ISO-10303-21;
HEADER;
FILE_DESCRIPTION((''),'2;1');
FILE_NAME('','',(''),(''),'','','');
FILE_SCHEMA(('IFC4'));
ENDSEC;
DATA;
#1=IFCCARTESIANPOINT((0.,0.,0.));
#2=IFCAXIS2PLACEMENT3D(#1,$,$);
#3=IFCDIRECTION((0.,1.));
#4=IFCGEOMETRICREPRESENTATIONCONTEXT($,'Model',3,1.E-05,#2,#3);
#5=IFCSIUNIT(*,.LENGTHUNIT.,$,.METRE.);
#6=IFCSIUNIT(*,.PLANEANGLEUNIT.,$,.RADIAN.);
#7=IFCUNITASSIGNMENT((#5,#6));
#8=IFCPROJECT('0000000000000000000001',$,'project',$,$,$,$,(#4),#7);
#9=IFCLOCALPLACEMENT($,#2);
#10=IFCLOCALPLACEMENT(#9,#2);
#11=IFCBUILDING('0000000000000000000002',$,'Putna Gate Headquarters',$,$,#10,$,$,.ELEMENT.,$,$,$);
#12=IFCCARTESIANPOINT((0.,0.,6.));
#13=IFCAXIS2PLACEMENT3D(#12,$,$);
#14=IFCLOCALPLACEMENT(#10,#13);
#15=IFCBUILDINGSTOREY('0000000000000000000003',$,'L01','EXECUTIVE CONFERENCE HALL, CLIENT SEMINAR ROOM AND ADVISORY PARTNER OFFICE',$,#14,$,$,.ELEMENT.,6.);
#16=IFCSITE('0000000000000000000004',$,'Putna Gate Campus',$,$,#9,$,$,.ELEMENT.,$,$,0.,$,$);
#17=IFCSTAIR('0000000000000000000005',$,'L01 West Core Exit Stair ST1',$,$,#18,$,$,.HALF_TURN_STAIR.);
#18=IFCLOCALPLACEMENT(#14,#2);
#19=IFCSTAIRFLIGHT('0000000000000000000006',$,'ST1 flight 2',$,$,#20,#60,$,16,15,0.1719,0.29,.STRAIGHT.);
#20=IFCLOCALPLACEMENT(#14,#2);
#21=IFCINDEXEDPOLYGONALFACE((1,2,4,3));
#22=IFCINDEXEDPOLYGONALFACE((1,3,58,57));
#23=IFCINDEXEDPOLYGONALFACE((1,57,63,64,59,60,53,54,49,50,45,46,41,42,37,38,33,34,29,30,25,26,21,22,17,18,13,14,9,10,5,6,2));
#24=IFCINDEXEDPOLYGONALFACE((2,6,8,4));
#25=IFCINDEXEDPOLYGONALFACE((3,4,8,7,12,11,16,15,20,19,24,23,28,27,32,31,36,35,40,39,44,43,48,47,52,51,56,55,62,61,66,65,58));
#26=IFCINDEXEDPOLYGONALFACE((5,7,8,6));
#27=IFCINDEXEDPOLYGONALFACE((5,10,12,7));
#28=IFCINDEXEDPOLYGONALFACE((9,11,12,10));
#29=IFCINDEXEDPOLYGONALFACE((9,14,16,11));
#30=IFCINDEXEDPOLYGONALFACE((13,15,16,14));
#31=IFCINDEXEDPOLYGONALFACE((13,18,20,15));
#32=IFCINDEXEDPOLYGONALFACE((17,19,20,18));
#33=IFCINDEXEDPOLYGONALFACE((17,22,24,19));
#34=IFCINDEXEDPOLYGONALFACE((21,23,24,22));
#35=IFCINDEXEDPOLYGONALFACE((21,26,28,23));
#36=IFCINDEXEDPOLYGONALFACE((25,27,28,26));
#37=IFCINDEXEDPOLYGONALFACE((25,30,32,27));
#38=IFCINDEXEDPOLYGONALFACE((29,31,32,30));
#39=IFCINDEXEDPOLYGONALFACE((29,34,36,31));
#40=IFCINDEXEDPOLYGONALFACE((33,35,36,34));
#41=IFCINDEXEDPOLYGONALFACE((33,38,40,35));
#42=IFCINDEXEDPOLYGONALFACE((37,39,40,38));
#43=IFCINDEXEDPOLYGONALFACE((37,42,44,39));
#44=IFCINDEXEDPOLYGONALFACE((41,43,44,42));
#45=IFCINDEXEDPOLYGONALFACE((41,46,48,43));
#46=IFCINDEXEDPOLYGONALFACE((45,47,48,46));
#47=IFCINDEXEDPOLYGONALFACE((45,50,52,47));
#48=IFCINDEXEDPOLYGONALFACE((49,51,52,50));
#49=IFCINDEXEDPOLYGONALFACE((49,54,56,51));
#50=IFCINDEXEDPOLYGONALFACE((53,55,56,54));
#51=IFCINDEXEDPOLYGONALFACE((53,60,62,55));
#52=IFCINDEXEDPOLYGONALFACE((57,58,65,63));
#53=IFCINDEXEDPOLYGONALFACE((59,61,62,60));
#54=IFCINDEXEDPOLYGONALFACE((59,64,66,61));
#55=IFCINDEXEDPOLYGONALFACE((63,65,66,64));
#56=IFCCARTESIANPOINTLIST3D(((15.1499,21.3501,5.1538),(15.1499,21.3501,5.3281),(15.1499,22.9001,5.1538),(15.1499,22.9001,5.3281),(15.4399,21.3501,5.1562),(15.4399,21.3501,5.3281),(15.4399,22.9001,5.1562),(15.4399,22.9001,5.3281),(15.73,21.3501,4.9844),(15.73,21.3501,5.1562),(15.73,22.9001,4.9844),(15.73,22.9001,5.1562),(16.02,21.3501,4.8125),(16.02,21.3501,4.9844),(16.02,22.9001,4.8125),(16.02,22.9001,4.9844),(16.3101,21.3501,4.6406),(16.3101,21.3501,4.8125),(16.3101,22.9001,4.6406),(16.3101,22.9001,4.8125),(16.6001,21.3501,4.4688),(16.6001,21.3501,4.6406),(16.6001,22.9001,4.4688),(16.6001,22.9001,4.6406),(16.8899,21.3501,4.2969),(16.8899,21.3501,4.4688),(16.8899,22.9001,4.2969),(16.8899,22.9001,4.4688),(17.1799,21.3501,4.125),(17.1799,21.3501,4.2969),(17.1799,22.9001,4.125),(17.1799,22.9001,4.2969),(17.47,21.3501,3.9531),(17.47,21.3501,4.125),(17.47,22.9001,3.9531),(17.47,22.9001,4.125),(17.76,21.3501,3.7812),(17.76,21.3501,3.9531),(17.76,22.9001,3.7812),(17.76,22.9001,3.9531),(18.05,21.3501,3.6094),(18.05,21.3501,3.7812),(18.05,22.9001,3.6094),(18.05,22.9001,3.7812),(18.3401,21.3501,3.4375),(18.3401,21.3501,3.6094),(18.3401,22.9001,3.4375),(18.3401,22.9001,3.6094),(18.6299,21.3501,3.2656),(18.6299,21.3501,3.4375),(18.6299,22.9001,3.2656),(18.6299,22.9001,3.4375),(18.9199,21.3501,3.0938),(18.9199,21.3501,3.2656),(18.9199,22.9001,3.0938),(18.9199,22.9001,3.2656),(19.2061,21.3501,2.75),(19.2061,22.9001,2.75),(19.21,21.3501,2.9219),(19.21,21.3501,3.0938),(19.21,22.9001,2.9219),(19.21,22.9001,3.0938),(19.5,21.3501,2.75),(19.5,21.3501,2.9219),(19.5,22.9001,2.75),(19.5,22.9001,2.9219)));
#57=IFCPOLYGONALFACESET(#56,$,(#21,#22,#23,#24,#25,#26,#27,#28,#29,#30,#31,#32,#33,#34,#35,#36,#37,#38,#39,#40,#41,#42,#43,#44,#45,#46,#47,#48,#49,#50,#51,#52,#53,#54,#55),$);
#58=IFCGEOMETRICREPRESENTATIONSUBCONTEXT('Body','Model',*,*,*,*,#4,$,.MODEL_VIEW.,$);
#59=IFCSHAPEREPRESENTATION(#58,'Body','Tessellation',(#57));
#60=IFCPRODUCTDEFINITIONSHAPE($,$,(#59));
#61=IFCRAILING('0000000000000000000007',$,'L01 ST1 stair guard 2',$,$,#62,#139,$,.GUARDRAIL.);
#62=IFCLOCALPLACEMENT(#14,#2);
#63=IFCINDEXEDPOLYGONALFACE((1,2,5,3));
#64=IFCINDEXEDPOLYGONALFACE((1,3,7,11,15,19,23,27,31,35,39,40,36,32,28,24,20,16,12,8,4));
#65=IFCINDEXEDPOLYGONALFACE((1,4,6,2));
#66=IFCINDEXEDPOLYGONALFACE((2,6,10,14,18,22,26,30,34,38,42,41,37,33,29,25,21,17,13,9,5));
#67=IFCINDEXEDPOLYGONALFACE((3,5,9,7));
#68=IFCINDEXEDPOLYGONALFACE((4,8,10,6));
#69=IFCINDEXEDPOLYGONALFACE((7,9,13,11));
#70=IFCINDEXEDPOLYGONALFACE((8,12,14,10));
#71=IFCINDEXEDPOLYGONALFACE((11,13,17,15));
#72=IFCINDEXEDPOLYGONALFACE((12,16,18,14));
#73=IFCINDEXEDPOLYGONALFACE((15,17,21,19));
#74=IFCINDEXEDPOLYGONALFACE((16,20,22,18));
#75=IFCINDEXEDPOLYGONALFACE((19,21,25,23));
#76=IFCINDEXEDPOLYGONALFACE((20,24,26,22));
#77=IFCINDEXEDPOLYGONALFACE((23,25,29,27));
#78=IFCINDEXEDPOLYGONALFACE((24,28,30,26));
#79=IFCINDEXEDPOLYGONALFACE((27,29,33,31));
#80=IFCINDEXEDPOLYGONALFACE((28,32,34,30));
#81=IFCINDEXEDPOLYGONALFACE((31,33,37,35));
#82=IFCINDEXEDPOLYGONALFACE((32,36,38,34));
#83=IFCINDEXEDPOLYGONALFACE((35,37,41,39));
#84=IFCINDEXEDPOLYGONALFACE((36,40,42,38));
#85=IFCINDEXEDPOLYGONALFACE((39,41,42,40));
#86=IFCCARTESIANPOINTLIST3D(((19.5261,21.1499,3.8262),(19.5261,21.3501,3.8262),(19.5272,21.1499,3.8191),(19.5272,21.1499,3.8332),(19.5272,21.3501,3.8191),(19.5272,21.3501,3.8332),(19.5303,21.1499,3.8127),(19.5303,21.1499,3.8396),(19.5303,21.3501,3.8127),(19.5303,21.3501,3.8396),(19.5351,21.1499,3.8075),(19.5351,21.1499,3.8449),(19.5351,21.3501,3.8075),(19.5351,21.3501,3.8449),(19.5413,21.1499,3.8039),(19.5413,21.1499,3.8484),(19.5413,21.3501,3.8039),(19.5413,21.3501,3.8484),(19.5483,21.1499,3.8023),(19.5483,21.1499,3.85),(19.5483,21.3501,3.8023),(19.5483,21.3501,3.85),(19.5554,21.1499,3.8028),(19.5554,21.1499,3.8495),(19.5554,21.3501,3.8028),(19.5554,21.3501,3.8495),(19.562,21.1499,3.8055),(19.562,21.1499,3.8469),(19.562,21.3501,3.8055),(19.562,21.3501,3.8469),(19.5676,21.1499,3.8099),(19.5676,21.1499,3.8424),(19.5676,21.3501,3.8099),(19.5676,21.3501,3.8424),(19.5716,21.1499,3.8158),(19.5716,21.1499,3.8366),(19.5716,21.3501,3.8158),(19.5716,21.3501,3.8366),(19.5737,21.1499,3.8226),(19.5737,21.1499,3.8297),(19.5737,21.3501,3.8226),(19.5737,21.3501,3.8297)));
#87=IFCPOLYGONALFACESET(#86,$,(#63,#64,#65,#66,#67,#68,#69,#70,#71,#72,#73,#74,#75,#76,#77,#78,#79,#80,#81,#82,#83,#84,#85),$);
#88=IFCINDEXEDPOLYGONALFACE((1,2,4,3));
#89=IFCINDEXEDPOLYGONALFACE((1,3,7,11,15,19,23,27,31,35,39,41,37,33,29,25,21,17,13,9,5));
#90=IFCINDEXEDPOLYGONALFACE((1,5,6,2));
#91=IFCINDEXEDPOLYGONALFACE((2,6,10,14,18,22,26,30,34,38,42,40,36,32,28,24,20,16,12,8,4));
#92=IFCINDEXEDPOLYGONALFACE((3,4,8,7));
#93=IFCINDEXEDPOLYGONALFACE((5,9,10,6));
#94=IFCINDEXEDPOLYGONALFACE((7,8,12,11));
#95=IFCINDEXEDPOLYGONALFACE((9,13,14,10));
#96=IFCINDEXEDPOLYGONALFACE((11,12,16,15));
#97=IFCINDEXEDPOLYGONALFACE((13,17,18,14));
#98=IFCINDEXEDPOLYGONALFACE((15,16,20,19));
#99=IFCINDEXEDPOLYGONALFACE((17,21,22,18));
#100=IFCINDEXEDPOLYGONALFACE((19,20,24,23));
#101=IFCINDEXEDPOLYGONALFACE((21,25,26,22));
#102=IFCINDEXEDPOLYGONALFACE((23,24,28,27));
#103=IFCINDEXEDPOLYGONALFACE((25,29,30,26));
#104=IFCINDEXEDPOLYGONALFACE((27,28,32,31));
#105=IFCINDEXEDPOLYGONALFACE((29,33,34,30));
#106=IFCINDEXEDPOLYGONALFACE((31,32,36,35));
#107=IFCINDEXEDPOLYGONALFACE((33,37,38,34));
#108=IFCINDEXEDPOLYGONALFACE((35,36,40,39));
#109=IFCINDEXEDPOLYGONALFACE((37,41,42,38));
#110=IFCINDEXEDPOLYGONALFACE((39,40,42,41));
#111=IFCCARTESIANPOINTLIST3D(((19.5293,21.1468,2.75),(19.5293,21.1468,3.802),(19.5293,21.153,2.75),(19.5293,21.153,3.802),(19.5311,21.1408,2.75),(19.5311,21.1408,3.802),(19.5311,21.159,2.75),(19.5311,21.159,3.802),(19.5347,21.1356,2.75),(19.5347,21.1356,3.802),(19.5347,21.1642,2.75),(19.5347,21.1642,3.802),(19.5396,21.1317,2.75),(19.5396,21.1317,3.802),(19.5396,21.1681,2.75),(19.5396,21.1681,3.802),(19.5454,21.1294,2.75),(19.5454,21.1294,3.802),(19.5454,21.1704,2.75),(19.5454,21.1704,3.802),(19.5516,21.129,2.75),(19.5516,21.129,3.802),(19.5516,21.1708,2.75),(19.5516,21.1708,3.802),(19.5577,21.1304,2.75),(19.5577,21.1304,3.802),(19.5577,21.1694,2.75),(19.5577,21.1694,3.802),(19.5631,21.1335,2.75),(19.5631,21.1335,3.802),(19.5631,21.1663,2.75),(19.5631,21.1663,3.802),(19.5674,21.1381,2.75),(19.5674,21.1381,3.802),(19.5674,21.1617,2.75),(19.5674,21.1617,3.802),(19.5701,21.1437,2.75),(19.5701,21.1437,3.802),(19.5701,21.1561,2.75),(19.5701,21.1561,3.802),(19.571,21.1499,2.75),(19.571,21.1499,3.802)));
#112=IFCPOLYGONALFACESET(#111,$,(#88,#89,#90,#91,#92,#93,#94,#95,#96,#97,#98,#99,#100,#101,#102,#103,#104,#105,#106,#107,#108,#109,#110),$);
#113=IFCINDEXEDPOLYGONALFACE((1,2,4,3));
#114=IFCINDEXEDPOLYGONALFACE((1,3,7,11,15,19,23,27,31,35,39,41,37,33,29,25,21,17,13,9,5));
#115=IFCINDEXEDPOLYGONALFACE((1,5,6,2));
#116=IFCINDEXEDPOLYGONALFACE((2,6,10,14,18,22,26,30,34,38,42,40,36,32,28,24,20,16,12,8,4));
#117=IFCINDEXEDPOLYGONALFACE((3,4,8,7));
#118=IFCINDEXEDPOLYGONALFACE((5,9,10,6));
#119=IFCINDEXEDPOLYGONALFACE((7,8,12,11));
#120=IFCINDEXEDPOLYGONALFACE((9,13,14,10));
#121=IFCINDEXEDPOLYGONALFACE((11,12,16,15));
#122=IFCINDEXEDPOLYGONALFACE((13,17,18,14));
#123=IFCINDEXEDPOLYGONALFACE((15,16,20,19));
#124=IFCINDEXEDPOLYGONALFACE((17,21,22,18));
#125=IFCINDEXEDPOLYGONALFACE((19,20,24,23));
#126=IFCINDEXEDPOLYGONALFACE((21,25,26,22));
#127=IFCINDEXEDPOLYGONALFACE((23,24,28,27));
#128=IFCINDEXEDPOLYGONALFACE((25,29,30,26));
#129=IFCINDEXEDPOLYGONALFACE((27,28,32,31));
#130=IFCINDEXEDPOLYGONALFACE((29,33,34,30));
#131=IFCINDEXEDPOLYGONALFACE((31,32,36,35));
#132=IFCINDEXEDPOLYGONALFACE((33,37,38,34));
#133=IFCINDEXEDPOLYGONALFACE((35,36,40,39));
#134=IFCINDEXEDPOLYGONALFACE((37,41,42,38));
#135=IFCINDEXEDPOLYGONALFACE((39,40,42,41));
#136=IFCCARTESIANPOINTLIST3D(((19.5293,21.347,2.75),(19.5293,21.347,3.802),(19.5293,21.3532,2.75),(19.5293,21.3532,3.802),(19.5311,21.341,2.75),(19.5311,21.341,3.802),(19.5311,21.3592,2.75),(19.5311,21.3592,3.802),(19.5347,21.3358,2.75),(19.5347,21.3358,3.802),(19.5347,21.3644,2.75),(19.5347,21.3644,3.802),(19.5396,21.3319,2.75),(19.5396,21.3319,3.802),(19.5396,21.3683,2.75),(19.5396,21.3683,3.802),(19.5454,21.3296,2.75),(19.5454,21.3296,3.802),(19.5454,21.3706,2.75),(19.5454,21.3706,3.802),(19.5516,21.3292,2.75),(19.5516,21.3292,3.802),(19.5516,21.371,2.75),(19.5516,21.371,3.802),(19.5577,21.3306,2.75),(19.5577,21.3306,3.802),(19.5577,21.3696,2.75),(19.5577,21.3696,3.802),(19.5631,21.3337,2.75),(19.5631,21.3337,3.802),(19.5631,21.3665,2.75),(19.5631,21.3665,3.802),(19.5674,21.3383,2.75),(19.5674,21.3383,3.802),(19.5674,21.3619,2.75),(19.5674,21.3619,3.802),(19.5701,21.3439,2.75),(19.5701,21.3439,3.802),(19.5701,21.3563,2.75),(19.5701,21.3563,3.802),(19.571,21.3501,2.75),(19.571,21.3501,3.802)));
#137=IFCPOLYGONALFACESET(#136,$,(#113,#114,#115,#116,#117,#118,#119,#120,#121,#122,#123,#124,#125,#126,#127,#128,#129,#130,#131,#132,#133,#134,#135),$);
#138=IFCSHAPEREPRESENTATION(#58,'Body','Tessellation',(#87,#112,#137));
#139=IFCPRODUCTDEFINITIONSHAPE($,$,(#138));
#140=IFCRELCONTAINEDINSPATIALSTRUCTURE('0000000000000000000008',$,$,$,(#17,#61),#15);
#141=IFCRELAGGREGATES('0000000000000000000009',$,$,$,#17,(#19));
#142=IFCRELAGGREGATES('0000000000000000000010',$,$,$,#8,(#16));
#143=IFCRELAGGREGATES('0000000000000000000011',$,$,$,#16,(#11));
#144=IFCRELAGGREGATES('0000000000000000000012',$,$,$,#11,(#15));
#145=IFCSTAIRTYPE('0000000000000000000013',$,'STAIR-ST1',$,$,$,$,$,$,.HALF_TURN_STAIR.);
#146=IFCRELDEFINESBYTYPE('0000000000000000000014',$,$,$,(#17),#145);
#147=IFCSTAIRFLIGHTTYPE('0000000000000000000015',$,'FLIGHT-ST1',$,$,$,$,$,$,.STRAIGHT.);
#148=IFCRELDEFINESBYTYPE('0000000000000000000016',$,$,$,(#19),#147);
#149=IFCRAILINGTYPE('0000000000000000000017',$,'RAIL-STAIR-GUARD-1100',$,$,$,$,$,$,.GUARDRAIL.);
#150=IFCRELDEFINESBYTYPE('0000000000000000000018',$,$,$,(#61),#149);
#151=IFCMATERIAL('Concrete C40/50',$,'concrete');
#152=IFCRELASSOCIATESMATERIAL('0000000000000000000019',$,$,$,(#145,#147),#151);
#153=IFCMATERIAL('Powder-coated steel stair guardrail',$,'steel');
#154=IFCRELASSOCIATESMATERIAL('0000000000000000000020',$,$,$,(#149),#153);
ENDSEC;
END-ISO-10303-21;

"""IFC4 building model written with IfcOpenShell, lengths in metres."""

from ifc_helpers import new_model, si_unit, direction, frame, origin, origin_2d, place, context, subcontext, project, spatial, polyline, circle, outline, extrude, material, type_object, element, aggregate, save


model = new_model("IFC4")

# Units and contexts
model_context = context("Model", 3, precision=1e-05, world=origin(), true_north=direction((0.0, 1.0)))
body_context = subcontext(model_context, "Body", "Model", "MODEL_VIEW")
ifc_project = project(units=[si_unit("LENGTHUNIT", "METRE"), si_unit("PLANEANGLEUNIT", "RADIAN")], contexts=[model_context])

# Site, building, storey
site_placement = place(None, origin())
site = spatial("IfcSite", under=ifc_project, at=site_placement, Name="Putna Gate Campus", CompositionType="ELEMENT", RefElevation=0.0)
building_placement = place(site_placement, origin())
building = spatial("IfcBuilding", under=site, at=building_placement, Name="Putna Gate Headquarters", CompositionType="ELEMENT")
storey_placement = place(building_placement, frame((0.0, 0.0, 6.0)))
storey = spatial("IfcBuildingStorey", under=building, at=storey_placement, Name="L01", Description="EXECUTIVE CONFERENCE HALL, CLIENT SEMINAR ROOM AND ADVISORY PARTNER OFFICE", CompositionType="ELEMENT", Elevation=6.0)

# Shared definitions
ifc_material_1 = material(Name="Concrete C40/50", Category="concrete")

# Stair, stair flight
stair_type = type_object("IfcStairType", Name="STAIR-ST1", PredefinedType="HALF_TURN_STAIR", material=ifc_material_1)
stair_placement = place(storey_placement, origin())
stair = element("IfcStair", 1, at=stair_placement, inside=storey, type_object=stair_type, Name="L01 West Core Exit Stair ST1", PredefinedType="HALF_TURN_STAIR")
stair_flight_type = type_object("IfcStairFlightType", Name="FLIGHT-ST1", PredefinedType="STRAIGHT", material=ifc_material_1)
stair_flight_placement = place(storey_placement, frame((19.5, 22.125, 2.75), z_axis=(0.0, 0.0, 1.0), x_axis=(-1.0, 0.0, 0.0)))
stair_flight = element("IfcStairFlight", 2, at=stair_flight_placement, type_object=stair_flight_type, Name="ST1 flight 2", NumberOfRisers=16, NumberOfTreads=15, PredefinedType="STRAIGHT", RiserHeight=0.1719, TreadLength=0.29, context=body_context, shape_type="SweptSolid", body=[
    extrude(outline(polyline([(0.0, 0.0), (0.0, 0.1719), (0.29, 0.1719), (0.29, 0.3438), (0.5801, 0.3438), (0.5801, 0.5156), (0.8701, 0.5156), (0.8701, 0.6875), (1.1599, 0.6875), (1.1599, 0.8594), (1.45, 0.8594), (1.45, 1.0312), (1.74, 1.0312), (1.74, 1.2031), (2.03, 1.2031), (2.03, 1.375), (2.3201, 1.375), (2.3201, 1.5469), (2.6101, 1.5469), (2.6101, 1.7188), (2.8999, 1.7188), (2.8999, 1.8906), (3.1899, 1.8906), (3.1899, 2.0625), (3.48, 2.0625), (3.48, 2.2344), (3.77, 2.2344), (3.77, 2.4062), (4.0601, 2.4062), (4.0601, 2.5781), (4.3501, 2.5781), (4.3501, 2.75), (4.3501, 2.4038), (0.2939, 0.0), (0.0, 0.0)])), frame((0.0, 0.7749, 0.0), z_axis=(0.0, -1.0, 0.0), x_axis=(1.0, 0.0, 0.0)), (0.0, 0.0, 1.0), 1.55),
])
aggregate(stair, [stair_flight])

# Railing
ifc_material_2 = material(Name="Powder-coated steel stair guardrail", Category="steel")
railing_type_1 = type_object("IfcRailingType", Name="RAIL-STAIR-GUARD-1100", PredefinedType="GUARDRAIL", material=ifc_material_2)
railing_1_placement = place(storey_placement, frame((19.55, 21.1499, 2.75)))
element("IfcRailing", 3, at=railing_1_placement, inside=storey, type_object=railing_type_1, Name="L01 ST1 stair guard 2", PredefinedType="GUARDRAIL", context=body_context, shape_type="SweptSolid", body=[
    extrude(circle(Radius=0.0239, at=origin_2d()), frame((0.0, 0.0, 1.0762), z_axis=(0.0, 1.0, 0.0), x_axis=(-1.0, 0.0, 0.0)), (0.0, 0.0, 1.0), 0.2002),
    extrude(circle(Radius=0.021, at=origin_2d()), origin(), (0.0, 0.0, 1.0), 1.052),
    extrude(circle(Radius=0.021, at=origin_2d()), frame((0.0, 0.2002, 0.0)), (0.0, 0.0, 1.0), 1.052),
])

save(model, "model.ifc")
